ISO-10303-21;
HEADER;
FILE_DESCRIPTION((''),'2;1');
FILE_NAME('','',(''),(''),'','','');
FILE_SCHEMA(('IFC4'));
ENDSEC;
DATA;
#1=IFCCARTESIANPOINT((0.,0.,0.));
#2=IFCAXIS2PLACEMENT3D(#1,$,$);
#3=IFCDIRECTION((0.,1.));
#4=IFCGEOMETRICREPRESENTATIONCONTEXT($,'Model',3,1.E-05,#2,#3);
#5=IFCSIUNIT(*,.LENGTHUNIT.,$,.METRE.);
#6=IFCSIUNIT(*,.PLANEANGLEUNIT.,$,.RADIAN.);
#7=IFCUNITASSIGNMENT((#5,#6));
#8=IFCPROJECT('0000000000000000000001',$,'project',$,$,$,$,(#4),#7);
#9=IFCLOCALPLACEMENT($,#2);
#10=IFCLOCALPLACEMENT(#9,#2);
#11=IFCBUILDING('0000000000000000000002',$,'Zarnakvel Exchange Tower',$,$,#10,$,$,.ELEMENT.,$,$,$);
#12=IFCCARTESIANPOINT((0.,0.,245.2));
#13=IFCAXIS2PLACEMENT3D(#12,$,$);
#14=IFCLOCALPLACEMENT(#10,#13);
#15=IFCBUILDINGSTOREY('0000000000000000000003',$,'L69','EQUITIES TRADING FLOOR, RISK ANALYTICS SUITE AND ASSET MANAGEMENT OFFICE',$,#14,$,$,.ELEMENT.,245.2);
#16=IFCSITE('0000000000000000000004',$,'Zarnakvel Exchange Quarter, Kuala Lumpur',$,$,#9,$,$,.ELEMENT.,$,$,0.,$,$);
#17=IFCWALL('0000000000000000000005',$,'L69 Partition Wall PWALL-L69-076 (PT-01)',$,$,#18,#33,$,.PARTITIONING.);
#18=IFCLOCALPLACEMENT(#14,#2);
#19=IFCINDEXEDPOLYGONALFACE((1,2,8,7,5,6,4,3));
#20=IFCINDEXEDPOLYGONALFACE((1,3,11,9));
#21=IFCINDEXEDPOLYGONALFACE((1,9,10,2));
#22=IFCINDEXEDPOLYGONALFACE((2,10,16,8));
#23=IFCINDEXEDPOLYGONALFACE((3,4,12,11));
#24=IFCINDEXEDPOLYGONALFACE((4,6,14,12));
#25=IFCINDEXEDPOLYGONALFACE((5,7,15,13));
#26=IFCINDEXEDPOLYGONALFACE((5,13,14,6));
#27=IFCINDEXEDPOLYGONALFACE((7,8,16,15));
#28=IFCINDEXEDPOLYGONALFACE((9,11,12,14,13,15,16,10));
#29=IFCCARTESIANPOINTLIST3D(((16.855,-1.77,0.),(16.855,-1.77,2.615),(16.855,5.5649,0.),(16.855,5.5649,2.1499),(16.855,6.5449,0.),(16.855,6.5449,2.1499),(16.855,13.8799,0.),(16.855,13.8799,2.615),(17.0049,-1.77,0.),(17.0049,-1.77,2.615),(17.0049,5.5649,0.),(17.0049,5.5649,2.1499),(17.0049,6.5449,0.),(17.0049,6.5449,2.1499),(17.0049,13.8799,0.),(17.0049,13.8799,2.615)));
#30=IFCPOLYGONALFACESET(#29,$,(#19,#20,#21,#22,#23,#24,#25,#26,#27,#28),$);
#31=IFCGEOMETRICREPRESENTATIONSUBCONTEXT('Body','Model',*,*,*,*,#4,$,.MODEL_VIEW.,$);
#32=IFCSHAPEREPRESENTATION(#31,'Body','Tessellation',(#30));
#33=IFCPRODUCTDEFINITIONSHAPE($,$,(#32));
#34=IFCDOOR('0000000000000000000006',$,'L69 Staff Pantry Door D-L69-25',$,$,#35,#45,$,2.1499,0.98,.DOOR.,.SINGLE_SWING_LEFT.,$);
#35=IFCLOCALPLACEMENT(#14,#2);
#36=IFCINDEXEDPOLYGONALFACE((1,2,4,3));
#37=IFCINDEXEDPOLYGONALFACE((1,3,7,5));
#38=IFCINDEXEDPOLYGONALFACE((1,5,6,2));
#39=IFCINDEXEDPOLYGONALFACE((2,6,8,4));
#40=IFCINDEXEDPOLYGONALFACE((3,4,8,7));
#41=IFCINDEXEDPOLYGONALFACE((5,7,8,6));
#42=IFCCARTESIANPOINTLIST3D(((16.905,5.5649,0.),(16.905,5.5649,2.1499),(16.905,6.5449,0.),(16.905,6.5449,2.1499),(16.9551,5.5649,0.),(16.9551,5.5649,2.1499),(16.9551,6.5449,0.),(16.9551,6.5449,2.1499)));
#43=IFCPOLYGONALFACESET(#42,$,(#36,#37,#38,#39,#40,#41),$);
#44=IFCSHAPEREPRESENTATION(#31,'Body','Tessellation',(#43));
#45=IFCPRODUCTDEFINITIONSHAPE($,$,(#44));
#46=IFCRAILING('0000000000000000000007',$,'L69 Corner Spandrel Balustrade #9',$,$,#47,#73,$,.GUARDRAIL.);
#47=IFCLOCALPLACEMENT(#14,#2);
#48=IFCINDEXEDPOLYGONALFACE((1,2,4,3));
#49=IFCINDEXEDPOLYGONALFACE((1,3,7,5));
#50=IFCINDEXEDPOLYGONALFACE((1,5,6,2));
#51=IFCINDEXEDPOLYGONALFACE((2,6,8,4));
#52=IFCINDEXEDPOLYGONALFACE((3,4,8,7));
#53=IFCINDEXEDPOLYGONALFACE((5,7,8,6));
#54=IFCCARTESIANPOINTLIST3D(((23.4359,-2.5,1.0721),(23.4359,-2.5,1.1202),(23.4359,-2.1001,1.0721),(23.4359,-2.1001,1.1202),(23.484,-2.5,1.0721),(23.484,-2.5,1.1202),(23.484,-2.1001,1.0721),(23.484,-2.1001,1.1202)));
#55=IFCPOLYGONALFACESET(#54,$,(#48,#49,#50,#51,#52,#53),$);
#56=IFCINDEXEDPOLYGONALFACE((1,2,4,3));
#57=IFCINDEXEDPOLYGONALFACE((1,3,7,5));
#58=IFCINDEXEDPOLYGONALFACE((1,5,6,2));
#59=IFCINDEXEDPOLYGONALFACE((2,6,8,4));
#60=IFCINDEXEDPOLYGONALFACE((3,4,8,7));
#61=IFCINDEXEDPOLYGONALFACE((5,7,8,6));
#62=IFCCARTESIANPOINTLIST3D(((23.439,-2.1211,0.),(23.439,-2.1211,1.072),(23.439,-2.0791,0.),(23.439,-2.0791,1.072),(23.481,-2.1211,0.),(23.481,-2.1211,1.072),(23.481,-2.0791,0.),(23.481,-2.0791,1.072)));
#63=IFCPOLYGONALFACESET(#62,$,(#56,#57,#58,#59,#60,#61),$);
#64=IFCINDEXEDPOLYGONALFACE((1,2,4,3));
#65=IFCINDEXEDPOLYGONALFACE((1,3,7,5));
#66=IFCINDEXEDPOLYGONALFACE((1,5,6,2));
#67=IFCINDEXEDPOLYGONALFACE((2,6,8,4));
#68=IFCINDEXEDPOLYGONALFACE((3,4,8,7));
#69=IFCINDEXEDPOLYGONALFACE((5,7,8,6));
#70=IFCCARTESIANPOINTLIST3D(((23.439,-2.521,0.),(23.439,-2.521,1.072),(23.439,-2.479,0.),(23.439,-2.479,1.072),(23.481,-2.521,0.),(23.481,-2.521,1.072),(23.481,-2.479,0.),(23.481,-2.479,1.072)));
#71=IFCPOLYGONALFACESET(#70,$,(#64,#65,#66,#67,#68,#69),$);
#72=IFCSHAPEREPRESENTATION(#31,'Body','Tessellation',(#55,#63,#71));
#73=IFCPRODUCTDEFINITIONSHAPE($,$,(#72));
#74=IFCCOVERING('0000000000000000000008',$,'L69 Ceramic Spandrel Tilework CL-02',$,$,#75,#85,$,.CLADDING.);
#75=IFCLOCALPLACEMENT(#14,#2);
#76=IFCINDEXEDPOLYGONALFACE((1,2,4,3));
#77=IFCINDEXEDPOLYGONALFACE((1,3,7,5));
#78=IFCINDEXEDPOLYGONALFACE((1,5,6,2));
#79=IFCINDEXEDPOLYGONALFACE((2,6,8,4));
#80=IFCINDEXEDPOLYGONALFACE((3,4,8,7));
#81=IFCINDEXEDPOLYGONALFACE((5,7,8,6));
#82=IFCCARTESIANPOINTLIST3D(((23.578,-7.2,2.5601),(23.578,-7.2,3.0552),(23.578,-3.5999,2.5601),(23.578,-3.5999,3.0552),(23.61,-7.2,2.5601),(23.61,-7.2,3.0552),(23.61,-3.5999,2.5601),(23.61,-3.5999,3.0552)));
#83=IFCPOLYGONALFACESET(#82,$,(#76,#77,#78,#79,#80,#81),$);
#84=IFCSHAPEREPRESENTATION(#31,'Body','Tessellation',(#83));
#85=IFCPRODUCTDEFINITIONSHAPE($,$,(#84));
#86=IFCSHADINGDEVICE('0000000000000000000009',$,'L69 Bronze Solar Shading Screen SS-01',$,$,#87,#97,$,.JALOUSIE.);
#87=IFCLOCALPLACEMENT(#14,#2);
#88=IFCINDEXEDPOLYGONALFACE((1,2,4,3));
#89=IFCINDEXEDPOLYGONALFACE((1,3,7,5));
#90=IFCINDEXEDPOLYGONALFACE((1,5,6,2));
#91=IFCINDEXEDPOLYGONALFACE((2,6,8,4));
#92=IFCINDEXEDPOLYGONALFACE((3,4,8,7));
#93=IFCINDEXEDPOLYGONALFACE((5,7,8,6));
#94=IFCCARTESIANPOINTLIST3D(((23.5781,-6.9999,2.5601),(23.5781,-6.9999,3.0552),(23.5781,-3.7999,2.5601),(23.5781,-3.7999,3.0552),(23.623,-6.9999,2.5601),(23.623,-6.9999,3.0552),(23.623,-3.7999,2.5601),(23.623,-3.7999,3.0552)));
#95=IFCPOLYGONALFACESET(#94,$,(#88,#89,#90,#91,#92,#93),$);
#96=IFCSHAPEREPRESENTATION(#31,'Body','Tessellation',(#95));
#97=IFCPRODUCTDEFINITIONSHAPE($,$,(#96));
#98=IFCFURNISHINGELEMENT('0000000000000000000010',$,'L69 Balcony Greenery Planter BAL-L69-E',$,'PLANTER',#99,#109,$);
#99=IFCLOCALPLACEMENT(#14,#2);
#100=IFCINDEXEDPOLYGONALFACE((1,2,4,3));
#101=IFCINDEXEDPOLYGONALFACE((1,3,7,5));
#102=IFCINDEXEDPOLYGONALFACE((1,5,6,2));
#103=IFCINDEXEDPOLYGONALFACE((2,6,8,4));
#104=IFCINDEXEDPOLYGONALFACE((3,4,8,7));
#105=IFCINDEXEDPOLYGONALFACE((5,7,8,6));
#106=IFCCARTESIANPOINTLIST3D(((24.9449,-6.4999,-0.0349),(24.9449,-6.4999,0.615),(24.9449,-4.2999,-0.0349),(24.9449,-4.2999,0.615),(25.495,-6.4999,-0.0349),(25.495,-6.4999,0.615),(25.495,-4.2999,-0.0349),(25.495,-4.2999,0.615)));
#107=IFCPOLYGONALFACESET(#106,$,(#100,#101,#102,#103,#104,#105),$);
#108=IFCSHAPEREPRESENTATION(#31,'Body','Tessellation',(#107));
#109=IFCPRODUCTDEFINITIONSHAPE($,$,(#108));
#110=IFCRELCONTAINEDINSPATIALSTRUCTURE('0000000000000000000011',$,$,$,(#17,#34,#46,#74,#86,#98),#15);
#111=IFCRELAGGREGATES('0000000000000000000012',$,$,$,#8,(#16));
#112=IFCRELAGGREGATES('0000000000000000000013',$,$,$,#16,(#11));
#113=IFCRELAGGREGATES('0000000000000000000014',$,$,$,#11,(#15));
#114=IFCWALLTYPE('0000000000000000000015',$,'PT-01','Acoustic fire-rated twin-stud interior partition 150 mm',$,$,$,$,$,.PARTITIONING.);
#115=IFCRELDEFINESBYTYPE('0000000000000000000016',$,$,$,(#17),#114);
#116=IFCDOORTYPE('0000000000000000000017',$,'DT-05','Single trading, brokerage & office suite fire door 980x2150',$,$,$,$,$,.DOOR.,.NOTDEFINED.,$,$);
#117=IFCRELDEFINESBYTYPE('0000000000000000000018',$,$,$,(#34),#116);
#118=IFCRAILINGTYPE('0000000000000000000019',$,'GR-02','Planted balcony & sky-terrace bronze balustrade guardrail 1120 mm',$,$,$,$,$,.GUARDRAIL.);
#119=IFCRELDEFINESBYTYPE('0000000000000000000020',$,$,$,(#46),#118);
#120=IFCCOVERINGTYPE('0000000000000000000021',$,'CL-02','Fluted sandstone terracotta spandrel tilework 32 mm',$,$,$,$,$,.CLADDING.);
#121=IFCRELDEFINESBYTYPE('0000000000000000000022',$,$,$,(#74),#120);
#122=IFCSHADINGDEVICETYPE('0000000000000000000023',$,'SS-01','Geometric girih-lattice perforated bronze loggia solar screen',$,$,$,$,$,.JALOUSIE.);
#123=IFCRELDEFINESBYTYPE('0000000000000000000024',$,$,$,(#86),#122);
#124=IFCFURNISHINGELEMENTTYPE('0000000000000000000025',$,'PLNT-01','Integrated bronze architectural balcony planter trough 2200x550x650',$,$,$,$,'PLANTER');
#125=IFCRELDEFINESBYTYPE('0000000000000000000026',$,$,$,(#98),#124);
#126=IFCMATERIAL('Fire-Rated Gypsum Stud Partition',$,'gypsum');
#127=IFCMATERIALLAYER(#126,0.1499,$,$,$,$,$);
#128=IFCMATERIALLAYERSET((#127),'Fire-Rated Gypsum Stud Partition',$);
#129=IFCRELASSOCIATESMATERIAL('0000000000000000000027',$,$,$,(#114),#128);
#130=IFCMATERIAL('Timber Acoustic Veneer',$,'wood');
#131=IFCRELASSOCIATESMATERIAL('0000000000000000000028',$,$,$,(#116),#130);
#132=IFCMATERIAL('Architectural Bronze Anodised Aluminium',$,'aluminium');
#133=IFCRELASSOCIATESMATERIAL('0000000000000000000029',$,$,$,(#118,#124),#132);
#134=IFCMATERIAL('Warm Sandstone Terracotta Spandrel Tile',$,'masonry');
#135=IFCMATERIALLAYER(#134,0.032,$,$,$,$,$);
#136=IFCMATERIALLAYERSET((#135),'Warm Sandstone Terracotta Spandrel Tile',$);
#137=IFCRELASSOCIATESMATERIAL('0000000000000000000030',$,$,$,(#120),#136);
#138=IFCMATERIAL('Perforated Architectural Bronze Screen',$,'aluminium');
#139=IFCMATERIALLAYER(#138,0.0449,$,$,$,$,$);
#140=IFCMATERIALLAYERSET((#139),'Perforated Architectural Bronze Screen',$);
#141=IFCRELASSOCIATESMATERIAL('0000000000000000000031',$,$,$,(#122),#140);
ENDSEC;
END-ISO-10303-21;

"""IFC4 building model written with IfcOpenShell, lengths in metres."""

from ifc_helpers import new_model, si_unit, direction, frame, frame_2d, origin, origin_2d, place, context, subcontext, project, spatial, rectangle, extrude, source, transform, mapped, material, layer, layer_set, type_object, element, fill, save


model = new_model("IFC4")

# Units and contexts
model_context = context("Model", 3, precision=1e-05, world=origin(), true_north=direction((0.0, 1.0)))
body_context = subcontext(model_context, "Body", "Model", "MODEL_VIEW")
ifc_project = project(units=[si_unit("LENGTHUNIT", "METRE"), si_unit("PLANEANGLEUNIT", "RADIAN")], contexts=[model_context])

# Site, building, storey
site_placement = place(None, origin())
site = spatial("IfcSite", under=ifc_project, at=site_placement, Name="Zarnakvel Exchange Quarter, Kuala Lumpur", CompositionType="ELEMENT", RefElevation=0.0)
building_placement = place(site_placement, origin())
building = spatial("IfcBuilding", under=site, at=building_placement, Name="Zarnakvel Exchange Tower", CompositionType="ELEMENT")
storey_placement = place(building_placement, frame((0.0, 0.0, 245.2)))
storey = spatial("IfcBuildingStorey", under=building, at=storey_placement, Name="L69", Description="EQUITIES TRADING FLOOR, RISK ANALYTICS SUITE AND ASSET MANAGEMENT OFFICE", CompositionType="ELEMENT", Elevation=245.2)

# Shared definitions
ifc_material_1 = material(Name="Architectural Bronze Anodised Aluminium", Category="aluminium")

# Shared definitions
ifc_material_2 = material(Name="Fire-Rated Gypsum Stud Partition", Category="gypsum")
ifc_layer_1 = layer(ifc_material_2, 0.1499)
ifc_layer_set_1 = layer_set([ifc_layer_1], Name="Fire-Rated Gypsum Stud Partition")
wall_type_1 = type_object("IfcWallType", Name="PT-01", Description="Acoustic fire-rated twin-stud interior partition 150 mm", PredefinedType="PARTITIONING", material=ifc_layer_set_1)
ifc_material_3 = material(Name="Timber Acoustic Veneer", Category="wood")
door_type_1 = type_object("IfcDoorType", Name="DT-05", Description="Single trading, brokerage & office suite fire door 980x2150", OperationType="NOTDEFINED", PredefinedType="DOOR", material=ifc_material_3)
shared_shape_1 = source(origin(), body_context, "Body", "SweptSolid", [
    extrude(rectangle(XDim=0.98, YDim=2.1499, at=frame_2d((0.49, 1.075))), frame((0.0, 0.0249, 0.0), z_axis=(0.0, -1.0, 0.0), x_axis=(1.0, 0.0, 0.0)), (0.0, 0.0, 1.0), 0.05),
])

# Wall, opening, door
wall_1_placement = place(storey_placement, frame((16.9299, -1.77, 0.0), z_axis=(0.0, 0.0, 1.0), x_axis=(0.0, 1.0, 0.0)))
wall_1 = element("IfcWall", 1, at=wall_1_placement, inside=storey, type_object=wall_type_1, Name="L69 Partition Wall PWALL-L69-076 (PT-01)", PredefinedType="PARTITIONING", context=body_context, shape_type="SweptSolid", body=[
    extrude(rectangle(XDim=15.6499, YDim=0.1499, at=frame_2d((7.825, 0.0))), origin(), (0.0, 0.0, 1.0), 2.615),
])
opening_1_placement = place(wall_1_placement, frame((7.335, 0.0, 0.0)))
opening_1 = element("IfcOpeningElement", 2, at=opening_1_placement, cuts=wall_1, PredefinedType="OPENING", context=body_context, shape_type="SweptSolid", body=[
    extrude(rectangle(XDim=0.98, YDim=2.1499, at=frame_2d((0.49, 1.075))), frame((0.0, 0.085, 0.0), z_axis=(0.0, -1.0, 0.0), x_axis=(1.0, 0.0, 0.0)), (0.0, 0.0, 1.0), 0.1699),
])
door_1_placement = place(opening_1_placement, origin())
door_1 = element("IfcDoor", 3, at=door_1_placement, inside=storey, type_object=door_type_1, Name="L69 Staff Pantry Door D-L69-25", OperationType="SINGLE_SWING_LEFT", OverallHeight=2.1499, OverallWidth=0.98, PredefinedType="DOOR", context=body_context, shape_type="MappedRepresentation", body=[
    mapped(shared_shape_1, transform((0.0, 0.0, 0.0), x_axis=(1.0, 0.0, 0.0), y_axis=(0.0, 1.0, 0.0), z_axis=(0.0, 0.0, 1.0), scale=1.0)),
])
fill(opening_1, door_1)

# Railing
railing_type = type_object("IfcRailingType", Name="GR-02", Description="Planted balcony & sky-terrace bronze balustrade guardrail 1120 mm", PredefinedType="GUARDRAIL", material=ifc_material_1)
railing_placement = place(storey_placement, frame((23.46, -2.1001, 0.0)))
element("IfcRailing", 4, at=railing_placement, inside=storey, type_object=railing_type, Name="L69 Corner Spandrel Balustrade #9", PredefinedType="GUARDRAIL", context=body_context, shape_type="SweptSolid", body=[
    extrude(rectangle(XDim=0.0481, YDim=0.0481, at=origin_2d()), frame((0.0, 0.0, 1.0962), z_axis=(0.0, -1.0, 0.0), x_axis=(1.0, 0.0, 0.0)), (0.0, 0.0, 1.0), 0.3999),
    extrude(rectangle(XDim=0.042, YDim=0.042, at=origin_2d()), origin(), (0.0, 0.0, 1.0), 1.072),
    extrude(rectangle(XDim=0.042, YDim=0.042, at=origin_2d()), frame((0.0, -0.3999, 0.0)), (0.0, 0.0, 1.0), 1.072),
])

# Covering
ifc_material_4 = material(Name="Warm Sandstone Terracotta Spandrel Tile", Category="masonry")
ifc_layer_2 = layer(ifc_material_4, 0.032)
ifc_layer_set_2 = layer_set([ifc_layer_2], Name="Warm Sandstone Terracotta Spandrel Tile")
covering_type = type_object("IfcCoveringType", Name="CL-02", Description="Fluted sandstone terracotta spandrel tilework 32 mm", PredefinedType="CLADDING", material=ifc_layer_set_2)
shared_shape_2 = source(origin(), body_context, "Body", "SweptSolid", [
    extrude(rectangle(XDim=3.6001, YDim=0.032, at=origin_2d()), origin(), (0.0, 0.0, 1.0), 0.4951),
])
covering_placement = place(storey_placement, frame((23.594, -5.3999, 2.5601), z_axis=(0.0, 0.0, 1.0), x_axis=(0.0, -1.0, 0.0)))
element("IfcCovering", 5, at=covering_placement, inside=storey, type_object=covering_type, Name="L69 Ceramic Spandrel Tilework CL-02", PredefinedType="CLADDING", context=body_context, shape_type="MappedRepresentation", body=[
    mapped(shared_shape_2, transform((0.0, 0.0, 0.0), x_axis=(1.0, 0.0, 0.0), y_axis=(0.0, 1.0, 0.0), z_axis=(0.0, 0.0, 1.0), scale=1.0)),
])

# Shading device
ifc_material_5 = material(Name="Perforated Architectural Bronze Screen", Category="aluminium")
ifc_layer_3 = layer(ifc_material_5, 0.0449)
ifc_layer_set_3 = layer_set([ifc_layer_3], Name="Perforated Architectural Bronze Screen")
shading_device_type = type_object("IfcShadingDeviceType", Name="SS-01", Description="Geometric girih-lattice perforated bronze loggia solar screen", PredefinedType="JALOUSIE", material=ifc_layer_set_3)
shared_shape_3 = source(origin(), body_context, "Body", "SweptSolid", [
    extrude(rectangle(XDim=3.2, YDim=0.0449, at=origin_2d()), origin(), (0.0, 0.0, 1.0), 0.4951),
])
shading_device_placement = place(storey_placement, frame((23.6006, -5.3999, 2.5601), z_axis=(0.0, 0.0, 1.0), x_axis=(0.0, -1.0, 0.0)))
element("IfcShadingDevice", 6, at=shading_device_placement, inside=storey, type_object=shading_device_type, Name="L69 Bronze Solar Shading Screen SS-01", PredefinedType="JALOUSIE", context=body_context, shape_type="MappedRepresentation", body=[
    mapped(shared_shape_3, transform((0.0, 0.0, 0.0), x_axis=(1.0, 0.0, 0.0), y_axis=(0.0, 1.0, 0.0), z_axis=(0.0, 0.0, 1.0), scale=1.0)),
])

# Furnishing element
furnishing_element_type = type_object("IfcFurnishingElementType", Name="PLNT-01", Description="Integrated bronze architectural balcony planter trough 2200x550x650", ElementType="PLANTER", material=ifc_material_1)
shared_shape_4 = source(origin(), body_context, "Body", "SweptSolid", [
    extrude(rectangle(XDim=2.2, YDim=0.55, at=origin_2d()), origin(), (0.0, 0.0, 1.0), 0.6499),
])
furnishing_placement = place(storey_placement, frame((25.22, -5.3999, -0.0349), z_axis=(0.0, 0.0, 1.0), x_axis=(0.0, 1.0, 0.0)))
element("IfcFurnishingElement", 7, at=furnishing_placement, inside=storey, type_object=furnishing_element_type, Name="L69 Balcony Greenery Planter BAL-L69-E", ObjectType="PLANTER", context=body_context, shape_type="MappedRepresentation", body=[
    mapped(shared_shape_4, transform((0.0, 0.0, 0.0), x_axis=(1.0, 0.0, 0.0), y_axis=(0.0, 1.0, 0.0), z_axis=(0.0, 0.0, 1.0), scale=1.0)),
])

save(model, "model.ifc")
